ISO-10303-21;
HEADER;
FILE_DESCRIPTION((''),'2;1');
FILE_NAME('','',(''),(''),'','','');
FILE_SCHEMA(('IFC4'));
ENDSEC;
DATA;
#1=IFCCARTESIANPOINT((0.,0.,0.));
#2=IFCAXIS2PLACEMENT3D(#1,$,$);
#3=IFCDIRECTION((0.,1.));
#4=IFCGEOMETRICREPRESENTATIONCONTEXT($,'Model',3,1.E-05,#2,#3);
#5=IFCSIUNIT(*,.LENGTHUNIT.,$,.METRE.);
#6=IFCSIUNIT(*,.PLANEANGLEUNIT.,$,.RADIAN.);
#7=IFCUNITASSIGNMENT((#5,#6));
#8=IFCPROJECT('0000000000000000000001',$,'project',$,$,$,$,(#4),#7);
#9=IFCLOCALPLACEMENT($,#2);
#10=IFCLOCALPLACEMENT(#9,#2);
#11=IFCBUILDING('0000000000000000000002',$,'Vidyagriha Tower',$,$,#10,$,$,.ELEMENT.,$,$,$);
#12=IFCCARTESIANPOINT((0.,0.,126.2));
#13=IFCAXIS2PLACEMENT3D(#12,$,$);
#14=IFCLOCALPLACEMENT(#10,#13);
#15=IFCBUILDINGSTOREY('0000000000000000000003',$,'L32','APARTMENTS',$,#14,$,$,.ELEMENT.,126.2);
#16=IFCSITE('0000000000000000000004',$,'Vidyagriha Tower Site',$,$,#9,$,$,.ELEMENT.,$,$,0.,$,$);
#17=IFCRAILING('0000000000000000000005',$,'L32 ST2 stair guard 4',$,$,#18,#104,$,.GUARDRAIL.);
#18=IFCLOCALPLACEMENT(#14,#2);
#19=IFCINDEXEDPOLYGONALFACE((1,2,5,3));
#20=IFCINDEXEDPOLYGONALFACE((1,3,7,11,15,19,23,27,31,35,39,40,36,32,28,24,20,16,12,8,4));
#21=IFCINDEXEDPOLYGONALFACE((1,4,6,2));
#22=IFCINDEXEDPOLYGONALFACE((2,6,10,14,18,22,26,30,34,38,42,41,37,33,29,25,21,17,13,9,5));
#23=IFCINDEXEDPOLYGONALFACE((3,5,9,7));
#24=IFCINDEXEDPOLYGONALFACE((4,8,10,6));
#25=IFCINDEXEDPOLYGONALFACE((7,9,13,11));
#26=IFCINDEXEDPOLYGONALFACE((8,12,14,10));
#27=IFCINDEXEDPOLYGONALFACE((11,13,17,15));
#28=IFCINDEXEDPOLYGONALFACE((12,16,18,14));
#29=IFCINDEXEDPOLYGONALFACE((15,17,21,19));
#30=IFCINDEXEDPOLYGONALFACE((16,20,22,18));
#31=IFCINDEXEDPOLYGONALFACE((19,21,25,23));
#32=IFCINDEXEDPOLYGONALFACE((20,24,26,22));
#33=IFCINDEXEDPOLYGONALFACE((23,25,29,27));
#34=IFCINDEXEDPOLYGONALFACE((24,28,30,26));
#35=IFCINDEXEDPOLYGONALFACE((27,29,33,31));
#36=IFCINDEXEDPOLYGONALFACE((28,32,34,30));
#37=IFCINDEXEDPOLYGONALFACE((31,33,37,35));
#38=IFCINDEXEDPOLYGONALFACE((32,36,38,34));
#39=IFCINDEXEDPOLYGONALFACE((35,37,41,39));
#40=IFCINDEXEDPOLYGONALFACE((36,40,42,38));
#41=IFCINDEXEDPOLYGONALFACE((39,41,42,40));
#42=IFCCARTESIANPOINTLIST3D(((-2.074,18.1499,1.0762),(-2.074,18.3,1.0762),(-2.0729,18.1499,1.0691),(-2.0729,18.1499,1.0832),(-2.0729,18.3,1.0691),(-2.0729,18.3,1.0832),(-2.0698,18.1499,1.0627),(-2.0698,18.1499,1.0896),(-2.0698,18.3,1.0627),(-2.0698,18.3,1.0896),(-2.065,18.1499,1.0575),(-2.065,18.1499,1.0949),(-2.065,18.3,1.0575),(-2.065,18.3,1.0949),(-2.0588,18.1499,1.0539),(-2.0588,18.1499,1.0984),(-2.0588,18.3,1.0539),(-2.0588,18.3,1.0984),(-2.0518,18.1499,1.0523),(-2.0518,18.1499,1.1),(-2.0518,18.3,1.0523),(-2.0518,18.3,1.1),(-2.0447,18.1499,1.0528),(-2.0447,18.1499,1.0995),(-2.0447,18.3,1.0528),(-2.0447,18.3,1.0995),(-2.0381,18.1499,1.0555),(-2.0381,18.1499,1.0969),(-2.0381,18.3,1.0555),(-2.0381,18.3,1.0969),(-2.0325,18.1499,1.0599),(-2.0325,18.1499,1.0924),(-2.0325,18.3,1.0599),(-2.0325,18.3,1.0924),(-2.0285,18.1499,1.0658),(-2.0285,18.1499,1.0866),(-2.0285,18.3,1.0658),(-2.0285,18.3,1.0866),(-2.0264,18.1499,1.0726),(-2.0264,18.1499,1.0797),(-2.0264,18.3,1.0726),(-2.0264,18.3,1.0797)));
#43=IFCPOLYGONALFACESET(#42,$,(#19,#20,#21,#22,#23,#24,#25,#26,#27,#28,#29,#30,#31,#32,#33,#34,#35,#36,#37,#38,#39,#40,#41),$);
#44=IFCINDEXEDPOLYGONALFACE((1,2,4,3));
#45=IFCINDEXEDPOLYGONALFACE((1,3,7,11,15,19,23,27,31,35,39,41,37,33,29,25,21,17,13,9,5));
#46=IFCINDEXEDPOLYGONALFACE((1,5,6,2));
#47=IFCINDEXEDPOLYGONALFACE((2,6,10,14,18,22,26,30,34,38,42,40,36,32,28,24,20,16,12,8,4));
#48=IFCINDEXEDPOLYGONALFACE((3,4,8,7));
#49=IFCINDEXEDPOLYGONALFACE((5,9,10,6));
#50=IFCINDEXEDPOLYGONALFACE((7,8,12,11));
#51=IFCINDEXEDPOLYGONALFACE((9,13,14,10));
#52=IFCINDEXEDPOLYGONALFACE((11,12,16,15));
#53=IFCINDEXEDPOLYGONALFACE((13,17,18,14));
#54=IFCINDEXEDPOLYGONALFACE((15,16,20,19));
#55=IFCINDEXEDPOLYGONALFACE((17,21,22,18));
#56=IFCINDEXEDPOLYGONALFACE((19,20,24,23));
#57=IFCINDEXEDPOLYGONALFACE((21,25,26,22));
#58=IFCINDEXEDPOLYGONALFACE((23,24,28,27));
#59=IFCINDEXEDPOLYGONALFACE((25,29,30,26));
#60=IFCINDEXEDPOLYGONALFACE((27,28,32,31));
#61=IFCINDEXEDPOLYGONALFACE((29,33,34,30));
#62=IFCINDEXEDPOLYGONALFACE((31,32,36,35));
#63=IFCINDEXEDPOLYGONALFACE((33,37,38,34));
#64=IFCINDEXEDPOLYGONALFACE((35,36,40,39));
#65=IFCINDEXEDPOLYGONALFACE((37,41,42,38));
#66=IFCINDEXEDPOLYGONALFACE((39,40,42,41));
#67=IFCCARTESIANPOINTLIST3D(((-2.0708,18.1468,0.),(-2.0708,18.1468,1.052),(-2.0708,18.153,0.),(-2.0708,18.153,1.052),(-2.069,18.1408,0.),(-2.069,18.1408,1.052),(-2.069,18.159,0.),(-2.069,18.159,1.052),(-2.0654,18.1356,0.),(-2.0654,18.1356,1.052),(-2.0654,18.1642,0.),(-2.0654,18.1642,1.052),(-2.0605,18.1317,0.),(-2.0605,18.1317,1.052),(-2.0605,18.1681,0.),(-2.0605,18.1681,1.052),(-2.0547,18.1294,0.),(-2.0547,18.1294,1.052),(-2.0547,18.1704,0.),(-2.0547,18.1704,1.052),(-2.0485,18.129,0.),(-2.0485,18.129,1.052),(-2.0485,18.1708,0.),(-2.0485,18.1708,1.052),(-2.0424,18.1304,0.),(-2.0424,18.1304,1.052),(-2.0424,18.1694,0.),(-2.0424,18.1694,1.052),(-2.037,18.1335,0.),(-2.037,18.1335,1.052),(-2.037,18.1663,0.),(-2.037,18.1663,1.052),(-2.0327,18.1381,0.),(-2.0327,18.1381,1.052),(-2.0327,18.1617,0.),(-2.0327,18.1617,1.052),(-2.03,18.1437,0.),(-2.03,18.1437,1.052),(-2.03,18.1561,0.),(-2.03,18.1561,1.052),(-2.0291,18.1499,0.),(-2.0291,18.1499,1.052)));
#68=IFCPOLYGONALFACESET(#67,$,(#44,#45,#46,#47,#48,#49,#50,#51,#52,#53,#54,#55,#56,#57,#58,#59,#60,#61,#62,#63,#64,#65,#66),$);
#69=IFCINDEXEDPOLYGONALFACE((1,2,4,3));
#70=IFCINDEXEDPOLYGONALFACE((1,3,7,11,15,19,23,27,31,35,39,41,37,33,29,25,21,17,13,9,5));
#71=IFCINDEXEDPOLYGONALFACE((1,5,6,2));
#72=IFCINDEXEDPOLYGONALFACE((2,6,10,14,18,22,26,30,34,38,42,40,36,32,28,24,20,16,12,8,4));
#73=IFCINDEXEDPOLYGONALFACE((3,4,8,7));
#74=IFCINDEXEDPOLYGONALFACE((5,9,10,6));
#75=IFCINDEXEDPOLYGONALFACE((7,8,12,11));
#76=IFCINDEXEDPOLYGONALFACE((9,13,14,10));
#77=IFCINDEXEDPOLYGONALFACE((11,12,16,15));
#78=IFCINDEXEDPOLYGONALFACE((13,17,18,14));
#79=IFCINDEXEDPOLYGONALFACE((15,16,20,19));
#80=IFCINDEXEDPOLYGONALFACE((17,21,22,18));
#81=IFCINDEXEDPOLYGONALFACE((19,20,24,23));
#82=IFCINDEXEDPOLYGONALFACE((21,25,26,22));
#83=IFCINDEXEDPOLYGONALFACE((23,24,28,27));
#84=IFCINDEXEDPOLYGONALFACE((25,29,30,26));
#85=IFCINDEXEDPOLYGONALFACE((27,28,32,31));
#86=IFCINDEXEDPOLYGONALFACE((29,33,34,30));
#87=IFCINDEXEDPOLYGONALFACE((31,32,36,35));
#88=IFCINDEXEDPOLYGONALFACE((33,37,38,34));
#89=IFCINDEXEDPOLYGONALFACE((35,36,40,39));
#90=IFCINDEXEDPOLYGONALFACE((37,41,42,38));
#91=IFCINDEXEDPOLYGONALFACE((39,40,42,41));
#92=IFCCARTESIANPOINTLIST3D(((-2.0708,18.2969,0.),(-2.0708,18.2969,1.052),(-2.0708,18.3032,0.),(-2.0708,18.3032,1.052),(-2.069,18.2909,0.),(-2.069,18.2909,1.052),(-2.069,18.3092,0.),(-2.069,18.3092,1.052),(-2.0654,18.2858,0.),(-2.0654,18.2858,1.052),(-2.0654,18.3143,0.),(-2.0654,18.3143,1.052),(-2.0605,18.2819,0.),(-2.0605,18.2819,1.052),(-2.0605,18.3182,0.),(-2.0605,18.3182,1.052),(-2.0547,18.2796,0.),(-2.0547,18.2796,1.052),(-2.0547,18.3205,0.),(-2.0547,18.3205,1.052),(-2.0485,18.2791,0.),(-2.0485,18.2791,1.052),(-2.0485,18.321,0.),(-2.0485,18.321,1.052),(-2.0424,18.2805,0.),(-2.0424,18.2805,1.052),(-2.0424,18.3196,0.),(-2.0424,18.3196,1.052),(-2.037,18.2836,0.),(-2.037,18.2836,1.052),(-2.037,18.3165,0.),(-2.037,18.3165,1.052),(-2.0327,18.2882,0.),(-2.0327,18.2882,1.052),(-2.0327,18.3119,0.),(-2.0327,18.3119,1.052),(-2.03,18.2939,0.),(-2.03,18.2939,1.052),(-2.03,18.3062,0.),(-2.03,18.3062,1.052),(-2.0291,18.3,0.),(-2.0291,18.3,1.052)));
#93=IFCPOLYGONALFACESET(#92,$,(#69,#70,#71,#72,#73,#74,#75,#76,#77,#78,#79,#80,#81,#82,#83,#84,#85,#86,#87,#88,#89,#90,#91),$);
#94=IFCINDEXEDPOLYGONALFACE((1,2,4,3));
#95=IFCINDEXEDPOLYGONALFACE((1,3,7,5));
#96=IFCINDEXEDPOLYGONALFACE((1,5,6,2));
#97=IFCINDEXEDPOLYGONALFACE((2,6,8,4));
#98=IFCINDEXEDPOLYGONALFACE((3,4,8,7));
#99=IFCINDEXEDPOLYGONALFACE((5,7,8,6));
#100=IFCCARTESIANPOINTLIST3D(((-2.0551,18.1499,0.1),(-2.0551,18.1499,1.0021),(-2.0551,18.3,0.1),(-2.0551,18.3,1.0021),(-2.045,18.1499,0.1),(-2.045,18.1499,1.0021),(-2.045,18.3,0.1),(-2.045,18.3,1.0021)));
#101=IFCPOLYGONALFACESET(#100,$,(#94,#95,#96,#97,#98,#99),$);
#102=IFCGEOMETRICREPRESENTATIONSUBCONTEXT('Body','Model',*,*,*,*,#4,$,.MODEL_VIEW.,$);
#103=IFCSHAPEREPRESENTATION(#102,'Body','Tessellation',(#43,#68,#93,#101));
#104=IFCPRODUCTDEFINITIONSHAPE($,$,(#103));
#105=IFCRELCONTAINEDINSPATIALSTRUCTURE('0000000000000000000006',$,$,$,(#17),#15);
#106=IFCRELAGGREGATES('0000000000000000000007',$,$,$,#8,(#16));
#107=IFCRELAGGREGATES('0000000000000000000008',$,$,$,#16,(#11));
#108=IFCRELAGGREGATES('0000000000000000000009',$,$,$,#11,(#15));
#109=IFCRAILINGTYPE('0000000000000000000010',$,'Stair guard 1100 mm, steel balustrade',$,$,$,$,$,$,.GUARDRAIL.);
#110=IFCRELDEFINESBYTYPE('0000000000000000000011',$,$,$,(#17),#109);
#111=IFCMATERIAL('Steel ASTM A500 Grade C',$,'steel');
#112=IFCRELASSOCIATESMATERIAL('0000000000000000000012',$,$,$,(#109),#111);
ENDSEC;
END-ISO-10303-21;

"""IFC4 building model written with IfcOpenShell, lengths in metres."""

from ifc_helpers import new_model, si_unit, direction, frame, origin, origin_2d, place, context, subcontext, project, spatial, rectangle, circle, extrude, material, type_object, element, save


model = new_model("IFC4")

# Units and contexts
model_context = context("Model", 3, precision=1e-05, world=origin(), true_north=direction((0.0, 1.0)))
body_context = subcontext(model_context, "Body", "Model", "MODEL_VIEW")
ifc_project = project(units=[si_unit("LENGTHUNIT", "METRE"), si_unit("PLANEANGLEUNIT", "RADIAN")], contexts=[model_context])

# Site, building, storey
site_placement = place(None, origin())
site = spatial("IfcSite", under=ifc_project, at=site_placement, Name="Vidyagriha Tower Site", CompositionType="ELEMENT", RefElevation=0.0)
building_placement = place(site_placement, origin())
building = spatial("IfcBuilding", under=site, at=building_placement, Name="Vidyagriha Tower", CompositionType="ELEMENT")
storey_placement = place(building_placement, frame((0.0, 0.0, 126.2)))
storey = spatial("IfcBuildingStorey", under=building, at=storey_placement, Name="L32", Description="APARTMENTS", CompositionType="ELEMENT", Elevation=126.2)

# Railing
ifc_material_1 = material(Name="Steel ASTM A500 Grade C", Category="steel")
railing_type_1 = type_object("IfcRailingType", Name="Stair guard 1100 mm, steel balustrade", PredefinedType="GUARDRAIL", material=ifc_material_1)
railing_1_placement = place(storey_placement, frame((-2.05, 18.1499, 0.0)))
element("IfcRailing", 1, at=railing_1_placement, inside=storey, type_object=railing_type_1, Name="L32 ST2 stair guard 4", PredefinedType="GUARDRAIL", context=body_context, shape_type="SweptSolid", body=[
    extrude(circle(Radius=0.0239, at=origin_2d()), frame((0.0, 0.0, 1.0762), z_axis=(0.0, 1.0, 0.0), x_axis=(-1.0, 0.0, 0.0)), (0.0, 0.0, 1.0), 0.1501),
    extrude(circle(Radius=0.021, at=origin_2d()), origin(), (0.0, 0.0, 1.0), 1.052),
    extrude(circle(Radius=0.021, at=origin_2d()), frame((0.0, 0.1501, 0.0)), (0.0, 0.0, 1.0), 1.052),
    extrude(rectangle(XDim=0.01, YDim=0.9021, at=origin_2d()), frame((0.0, 0.0, 0.551), z_axis=(0.0, 1.0, 0.0), x_axis=(-1.0, 0.0, 0.0)), (0.0, 0.0, 1.0), 0.1501),
])

save(model, "model.ifc")
